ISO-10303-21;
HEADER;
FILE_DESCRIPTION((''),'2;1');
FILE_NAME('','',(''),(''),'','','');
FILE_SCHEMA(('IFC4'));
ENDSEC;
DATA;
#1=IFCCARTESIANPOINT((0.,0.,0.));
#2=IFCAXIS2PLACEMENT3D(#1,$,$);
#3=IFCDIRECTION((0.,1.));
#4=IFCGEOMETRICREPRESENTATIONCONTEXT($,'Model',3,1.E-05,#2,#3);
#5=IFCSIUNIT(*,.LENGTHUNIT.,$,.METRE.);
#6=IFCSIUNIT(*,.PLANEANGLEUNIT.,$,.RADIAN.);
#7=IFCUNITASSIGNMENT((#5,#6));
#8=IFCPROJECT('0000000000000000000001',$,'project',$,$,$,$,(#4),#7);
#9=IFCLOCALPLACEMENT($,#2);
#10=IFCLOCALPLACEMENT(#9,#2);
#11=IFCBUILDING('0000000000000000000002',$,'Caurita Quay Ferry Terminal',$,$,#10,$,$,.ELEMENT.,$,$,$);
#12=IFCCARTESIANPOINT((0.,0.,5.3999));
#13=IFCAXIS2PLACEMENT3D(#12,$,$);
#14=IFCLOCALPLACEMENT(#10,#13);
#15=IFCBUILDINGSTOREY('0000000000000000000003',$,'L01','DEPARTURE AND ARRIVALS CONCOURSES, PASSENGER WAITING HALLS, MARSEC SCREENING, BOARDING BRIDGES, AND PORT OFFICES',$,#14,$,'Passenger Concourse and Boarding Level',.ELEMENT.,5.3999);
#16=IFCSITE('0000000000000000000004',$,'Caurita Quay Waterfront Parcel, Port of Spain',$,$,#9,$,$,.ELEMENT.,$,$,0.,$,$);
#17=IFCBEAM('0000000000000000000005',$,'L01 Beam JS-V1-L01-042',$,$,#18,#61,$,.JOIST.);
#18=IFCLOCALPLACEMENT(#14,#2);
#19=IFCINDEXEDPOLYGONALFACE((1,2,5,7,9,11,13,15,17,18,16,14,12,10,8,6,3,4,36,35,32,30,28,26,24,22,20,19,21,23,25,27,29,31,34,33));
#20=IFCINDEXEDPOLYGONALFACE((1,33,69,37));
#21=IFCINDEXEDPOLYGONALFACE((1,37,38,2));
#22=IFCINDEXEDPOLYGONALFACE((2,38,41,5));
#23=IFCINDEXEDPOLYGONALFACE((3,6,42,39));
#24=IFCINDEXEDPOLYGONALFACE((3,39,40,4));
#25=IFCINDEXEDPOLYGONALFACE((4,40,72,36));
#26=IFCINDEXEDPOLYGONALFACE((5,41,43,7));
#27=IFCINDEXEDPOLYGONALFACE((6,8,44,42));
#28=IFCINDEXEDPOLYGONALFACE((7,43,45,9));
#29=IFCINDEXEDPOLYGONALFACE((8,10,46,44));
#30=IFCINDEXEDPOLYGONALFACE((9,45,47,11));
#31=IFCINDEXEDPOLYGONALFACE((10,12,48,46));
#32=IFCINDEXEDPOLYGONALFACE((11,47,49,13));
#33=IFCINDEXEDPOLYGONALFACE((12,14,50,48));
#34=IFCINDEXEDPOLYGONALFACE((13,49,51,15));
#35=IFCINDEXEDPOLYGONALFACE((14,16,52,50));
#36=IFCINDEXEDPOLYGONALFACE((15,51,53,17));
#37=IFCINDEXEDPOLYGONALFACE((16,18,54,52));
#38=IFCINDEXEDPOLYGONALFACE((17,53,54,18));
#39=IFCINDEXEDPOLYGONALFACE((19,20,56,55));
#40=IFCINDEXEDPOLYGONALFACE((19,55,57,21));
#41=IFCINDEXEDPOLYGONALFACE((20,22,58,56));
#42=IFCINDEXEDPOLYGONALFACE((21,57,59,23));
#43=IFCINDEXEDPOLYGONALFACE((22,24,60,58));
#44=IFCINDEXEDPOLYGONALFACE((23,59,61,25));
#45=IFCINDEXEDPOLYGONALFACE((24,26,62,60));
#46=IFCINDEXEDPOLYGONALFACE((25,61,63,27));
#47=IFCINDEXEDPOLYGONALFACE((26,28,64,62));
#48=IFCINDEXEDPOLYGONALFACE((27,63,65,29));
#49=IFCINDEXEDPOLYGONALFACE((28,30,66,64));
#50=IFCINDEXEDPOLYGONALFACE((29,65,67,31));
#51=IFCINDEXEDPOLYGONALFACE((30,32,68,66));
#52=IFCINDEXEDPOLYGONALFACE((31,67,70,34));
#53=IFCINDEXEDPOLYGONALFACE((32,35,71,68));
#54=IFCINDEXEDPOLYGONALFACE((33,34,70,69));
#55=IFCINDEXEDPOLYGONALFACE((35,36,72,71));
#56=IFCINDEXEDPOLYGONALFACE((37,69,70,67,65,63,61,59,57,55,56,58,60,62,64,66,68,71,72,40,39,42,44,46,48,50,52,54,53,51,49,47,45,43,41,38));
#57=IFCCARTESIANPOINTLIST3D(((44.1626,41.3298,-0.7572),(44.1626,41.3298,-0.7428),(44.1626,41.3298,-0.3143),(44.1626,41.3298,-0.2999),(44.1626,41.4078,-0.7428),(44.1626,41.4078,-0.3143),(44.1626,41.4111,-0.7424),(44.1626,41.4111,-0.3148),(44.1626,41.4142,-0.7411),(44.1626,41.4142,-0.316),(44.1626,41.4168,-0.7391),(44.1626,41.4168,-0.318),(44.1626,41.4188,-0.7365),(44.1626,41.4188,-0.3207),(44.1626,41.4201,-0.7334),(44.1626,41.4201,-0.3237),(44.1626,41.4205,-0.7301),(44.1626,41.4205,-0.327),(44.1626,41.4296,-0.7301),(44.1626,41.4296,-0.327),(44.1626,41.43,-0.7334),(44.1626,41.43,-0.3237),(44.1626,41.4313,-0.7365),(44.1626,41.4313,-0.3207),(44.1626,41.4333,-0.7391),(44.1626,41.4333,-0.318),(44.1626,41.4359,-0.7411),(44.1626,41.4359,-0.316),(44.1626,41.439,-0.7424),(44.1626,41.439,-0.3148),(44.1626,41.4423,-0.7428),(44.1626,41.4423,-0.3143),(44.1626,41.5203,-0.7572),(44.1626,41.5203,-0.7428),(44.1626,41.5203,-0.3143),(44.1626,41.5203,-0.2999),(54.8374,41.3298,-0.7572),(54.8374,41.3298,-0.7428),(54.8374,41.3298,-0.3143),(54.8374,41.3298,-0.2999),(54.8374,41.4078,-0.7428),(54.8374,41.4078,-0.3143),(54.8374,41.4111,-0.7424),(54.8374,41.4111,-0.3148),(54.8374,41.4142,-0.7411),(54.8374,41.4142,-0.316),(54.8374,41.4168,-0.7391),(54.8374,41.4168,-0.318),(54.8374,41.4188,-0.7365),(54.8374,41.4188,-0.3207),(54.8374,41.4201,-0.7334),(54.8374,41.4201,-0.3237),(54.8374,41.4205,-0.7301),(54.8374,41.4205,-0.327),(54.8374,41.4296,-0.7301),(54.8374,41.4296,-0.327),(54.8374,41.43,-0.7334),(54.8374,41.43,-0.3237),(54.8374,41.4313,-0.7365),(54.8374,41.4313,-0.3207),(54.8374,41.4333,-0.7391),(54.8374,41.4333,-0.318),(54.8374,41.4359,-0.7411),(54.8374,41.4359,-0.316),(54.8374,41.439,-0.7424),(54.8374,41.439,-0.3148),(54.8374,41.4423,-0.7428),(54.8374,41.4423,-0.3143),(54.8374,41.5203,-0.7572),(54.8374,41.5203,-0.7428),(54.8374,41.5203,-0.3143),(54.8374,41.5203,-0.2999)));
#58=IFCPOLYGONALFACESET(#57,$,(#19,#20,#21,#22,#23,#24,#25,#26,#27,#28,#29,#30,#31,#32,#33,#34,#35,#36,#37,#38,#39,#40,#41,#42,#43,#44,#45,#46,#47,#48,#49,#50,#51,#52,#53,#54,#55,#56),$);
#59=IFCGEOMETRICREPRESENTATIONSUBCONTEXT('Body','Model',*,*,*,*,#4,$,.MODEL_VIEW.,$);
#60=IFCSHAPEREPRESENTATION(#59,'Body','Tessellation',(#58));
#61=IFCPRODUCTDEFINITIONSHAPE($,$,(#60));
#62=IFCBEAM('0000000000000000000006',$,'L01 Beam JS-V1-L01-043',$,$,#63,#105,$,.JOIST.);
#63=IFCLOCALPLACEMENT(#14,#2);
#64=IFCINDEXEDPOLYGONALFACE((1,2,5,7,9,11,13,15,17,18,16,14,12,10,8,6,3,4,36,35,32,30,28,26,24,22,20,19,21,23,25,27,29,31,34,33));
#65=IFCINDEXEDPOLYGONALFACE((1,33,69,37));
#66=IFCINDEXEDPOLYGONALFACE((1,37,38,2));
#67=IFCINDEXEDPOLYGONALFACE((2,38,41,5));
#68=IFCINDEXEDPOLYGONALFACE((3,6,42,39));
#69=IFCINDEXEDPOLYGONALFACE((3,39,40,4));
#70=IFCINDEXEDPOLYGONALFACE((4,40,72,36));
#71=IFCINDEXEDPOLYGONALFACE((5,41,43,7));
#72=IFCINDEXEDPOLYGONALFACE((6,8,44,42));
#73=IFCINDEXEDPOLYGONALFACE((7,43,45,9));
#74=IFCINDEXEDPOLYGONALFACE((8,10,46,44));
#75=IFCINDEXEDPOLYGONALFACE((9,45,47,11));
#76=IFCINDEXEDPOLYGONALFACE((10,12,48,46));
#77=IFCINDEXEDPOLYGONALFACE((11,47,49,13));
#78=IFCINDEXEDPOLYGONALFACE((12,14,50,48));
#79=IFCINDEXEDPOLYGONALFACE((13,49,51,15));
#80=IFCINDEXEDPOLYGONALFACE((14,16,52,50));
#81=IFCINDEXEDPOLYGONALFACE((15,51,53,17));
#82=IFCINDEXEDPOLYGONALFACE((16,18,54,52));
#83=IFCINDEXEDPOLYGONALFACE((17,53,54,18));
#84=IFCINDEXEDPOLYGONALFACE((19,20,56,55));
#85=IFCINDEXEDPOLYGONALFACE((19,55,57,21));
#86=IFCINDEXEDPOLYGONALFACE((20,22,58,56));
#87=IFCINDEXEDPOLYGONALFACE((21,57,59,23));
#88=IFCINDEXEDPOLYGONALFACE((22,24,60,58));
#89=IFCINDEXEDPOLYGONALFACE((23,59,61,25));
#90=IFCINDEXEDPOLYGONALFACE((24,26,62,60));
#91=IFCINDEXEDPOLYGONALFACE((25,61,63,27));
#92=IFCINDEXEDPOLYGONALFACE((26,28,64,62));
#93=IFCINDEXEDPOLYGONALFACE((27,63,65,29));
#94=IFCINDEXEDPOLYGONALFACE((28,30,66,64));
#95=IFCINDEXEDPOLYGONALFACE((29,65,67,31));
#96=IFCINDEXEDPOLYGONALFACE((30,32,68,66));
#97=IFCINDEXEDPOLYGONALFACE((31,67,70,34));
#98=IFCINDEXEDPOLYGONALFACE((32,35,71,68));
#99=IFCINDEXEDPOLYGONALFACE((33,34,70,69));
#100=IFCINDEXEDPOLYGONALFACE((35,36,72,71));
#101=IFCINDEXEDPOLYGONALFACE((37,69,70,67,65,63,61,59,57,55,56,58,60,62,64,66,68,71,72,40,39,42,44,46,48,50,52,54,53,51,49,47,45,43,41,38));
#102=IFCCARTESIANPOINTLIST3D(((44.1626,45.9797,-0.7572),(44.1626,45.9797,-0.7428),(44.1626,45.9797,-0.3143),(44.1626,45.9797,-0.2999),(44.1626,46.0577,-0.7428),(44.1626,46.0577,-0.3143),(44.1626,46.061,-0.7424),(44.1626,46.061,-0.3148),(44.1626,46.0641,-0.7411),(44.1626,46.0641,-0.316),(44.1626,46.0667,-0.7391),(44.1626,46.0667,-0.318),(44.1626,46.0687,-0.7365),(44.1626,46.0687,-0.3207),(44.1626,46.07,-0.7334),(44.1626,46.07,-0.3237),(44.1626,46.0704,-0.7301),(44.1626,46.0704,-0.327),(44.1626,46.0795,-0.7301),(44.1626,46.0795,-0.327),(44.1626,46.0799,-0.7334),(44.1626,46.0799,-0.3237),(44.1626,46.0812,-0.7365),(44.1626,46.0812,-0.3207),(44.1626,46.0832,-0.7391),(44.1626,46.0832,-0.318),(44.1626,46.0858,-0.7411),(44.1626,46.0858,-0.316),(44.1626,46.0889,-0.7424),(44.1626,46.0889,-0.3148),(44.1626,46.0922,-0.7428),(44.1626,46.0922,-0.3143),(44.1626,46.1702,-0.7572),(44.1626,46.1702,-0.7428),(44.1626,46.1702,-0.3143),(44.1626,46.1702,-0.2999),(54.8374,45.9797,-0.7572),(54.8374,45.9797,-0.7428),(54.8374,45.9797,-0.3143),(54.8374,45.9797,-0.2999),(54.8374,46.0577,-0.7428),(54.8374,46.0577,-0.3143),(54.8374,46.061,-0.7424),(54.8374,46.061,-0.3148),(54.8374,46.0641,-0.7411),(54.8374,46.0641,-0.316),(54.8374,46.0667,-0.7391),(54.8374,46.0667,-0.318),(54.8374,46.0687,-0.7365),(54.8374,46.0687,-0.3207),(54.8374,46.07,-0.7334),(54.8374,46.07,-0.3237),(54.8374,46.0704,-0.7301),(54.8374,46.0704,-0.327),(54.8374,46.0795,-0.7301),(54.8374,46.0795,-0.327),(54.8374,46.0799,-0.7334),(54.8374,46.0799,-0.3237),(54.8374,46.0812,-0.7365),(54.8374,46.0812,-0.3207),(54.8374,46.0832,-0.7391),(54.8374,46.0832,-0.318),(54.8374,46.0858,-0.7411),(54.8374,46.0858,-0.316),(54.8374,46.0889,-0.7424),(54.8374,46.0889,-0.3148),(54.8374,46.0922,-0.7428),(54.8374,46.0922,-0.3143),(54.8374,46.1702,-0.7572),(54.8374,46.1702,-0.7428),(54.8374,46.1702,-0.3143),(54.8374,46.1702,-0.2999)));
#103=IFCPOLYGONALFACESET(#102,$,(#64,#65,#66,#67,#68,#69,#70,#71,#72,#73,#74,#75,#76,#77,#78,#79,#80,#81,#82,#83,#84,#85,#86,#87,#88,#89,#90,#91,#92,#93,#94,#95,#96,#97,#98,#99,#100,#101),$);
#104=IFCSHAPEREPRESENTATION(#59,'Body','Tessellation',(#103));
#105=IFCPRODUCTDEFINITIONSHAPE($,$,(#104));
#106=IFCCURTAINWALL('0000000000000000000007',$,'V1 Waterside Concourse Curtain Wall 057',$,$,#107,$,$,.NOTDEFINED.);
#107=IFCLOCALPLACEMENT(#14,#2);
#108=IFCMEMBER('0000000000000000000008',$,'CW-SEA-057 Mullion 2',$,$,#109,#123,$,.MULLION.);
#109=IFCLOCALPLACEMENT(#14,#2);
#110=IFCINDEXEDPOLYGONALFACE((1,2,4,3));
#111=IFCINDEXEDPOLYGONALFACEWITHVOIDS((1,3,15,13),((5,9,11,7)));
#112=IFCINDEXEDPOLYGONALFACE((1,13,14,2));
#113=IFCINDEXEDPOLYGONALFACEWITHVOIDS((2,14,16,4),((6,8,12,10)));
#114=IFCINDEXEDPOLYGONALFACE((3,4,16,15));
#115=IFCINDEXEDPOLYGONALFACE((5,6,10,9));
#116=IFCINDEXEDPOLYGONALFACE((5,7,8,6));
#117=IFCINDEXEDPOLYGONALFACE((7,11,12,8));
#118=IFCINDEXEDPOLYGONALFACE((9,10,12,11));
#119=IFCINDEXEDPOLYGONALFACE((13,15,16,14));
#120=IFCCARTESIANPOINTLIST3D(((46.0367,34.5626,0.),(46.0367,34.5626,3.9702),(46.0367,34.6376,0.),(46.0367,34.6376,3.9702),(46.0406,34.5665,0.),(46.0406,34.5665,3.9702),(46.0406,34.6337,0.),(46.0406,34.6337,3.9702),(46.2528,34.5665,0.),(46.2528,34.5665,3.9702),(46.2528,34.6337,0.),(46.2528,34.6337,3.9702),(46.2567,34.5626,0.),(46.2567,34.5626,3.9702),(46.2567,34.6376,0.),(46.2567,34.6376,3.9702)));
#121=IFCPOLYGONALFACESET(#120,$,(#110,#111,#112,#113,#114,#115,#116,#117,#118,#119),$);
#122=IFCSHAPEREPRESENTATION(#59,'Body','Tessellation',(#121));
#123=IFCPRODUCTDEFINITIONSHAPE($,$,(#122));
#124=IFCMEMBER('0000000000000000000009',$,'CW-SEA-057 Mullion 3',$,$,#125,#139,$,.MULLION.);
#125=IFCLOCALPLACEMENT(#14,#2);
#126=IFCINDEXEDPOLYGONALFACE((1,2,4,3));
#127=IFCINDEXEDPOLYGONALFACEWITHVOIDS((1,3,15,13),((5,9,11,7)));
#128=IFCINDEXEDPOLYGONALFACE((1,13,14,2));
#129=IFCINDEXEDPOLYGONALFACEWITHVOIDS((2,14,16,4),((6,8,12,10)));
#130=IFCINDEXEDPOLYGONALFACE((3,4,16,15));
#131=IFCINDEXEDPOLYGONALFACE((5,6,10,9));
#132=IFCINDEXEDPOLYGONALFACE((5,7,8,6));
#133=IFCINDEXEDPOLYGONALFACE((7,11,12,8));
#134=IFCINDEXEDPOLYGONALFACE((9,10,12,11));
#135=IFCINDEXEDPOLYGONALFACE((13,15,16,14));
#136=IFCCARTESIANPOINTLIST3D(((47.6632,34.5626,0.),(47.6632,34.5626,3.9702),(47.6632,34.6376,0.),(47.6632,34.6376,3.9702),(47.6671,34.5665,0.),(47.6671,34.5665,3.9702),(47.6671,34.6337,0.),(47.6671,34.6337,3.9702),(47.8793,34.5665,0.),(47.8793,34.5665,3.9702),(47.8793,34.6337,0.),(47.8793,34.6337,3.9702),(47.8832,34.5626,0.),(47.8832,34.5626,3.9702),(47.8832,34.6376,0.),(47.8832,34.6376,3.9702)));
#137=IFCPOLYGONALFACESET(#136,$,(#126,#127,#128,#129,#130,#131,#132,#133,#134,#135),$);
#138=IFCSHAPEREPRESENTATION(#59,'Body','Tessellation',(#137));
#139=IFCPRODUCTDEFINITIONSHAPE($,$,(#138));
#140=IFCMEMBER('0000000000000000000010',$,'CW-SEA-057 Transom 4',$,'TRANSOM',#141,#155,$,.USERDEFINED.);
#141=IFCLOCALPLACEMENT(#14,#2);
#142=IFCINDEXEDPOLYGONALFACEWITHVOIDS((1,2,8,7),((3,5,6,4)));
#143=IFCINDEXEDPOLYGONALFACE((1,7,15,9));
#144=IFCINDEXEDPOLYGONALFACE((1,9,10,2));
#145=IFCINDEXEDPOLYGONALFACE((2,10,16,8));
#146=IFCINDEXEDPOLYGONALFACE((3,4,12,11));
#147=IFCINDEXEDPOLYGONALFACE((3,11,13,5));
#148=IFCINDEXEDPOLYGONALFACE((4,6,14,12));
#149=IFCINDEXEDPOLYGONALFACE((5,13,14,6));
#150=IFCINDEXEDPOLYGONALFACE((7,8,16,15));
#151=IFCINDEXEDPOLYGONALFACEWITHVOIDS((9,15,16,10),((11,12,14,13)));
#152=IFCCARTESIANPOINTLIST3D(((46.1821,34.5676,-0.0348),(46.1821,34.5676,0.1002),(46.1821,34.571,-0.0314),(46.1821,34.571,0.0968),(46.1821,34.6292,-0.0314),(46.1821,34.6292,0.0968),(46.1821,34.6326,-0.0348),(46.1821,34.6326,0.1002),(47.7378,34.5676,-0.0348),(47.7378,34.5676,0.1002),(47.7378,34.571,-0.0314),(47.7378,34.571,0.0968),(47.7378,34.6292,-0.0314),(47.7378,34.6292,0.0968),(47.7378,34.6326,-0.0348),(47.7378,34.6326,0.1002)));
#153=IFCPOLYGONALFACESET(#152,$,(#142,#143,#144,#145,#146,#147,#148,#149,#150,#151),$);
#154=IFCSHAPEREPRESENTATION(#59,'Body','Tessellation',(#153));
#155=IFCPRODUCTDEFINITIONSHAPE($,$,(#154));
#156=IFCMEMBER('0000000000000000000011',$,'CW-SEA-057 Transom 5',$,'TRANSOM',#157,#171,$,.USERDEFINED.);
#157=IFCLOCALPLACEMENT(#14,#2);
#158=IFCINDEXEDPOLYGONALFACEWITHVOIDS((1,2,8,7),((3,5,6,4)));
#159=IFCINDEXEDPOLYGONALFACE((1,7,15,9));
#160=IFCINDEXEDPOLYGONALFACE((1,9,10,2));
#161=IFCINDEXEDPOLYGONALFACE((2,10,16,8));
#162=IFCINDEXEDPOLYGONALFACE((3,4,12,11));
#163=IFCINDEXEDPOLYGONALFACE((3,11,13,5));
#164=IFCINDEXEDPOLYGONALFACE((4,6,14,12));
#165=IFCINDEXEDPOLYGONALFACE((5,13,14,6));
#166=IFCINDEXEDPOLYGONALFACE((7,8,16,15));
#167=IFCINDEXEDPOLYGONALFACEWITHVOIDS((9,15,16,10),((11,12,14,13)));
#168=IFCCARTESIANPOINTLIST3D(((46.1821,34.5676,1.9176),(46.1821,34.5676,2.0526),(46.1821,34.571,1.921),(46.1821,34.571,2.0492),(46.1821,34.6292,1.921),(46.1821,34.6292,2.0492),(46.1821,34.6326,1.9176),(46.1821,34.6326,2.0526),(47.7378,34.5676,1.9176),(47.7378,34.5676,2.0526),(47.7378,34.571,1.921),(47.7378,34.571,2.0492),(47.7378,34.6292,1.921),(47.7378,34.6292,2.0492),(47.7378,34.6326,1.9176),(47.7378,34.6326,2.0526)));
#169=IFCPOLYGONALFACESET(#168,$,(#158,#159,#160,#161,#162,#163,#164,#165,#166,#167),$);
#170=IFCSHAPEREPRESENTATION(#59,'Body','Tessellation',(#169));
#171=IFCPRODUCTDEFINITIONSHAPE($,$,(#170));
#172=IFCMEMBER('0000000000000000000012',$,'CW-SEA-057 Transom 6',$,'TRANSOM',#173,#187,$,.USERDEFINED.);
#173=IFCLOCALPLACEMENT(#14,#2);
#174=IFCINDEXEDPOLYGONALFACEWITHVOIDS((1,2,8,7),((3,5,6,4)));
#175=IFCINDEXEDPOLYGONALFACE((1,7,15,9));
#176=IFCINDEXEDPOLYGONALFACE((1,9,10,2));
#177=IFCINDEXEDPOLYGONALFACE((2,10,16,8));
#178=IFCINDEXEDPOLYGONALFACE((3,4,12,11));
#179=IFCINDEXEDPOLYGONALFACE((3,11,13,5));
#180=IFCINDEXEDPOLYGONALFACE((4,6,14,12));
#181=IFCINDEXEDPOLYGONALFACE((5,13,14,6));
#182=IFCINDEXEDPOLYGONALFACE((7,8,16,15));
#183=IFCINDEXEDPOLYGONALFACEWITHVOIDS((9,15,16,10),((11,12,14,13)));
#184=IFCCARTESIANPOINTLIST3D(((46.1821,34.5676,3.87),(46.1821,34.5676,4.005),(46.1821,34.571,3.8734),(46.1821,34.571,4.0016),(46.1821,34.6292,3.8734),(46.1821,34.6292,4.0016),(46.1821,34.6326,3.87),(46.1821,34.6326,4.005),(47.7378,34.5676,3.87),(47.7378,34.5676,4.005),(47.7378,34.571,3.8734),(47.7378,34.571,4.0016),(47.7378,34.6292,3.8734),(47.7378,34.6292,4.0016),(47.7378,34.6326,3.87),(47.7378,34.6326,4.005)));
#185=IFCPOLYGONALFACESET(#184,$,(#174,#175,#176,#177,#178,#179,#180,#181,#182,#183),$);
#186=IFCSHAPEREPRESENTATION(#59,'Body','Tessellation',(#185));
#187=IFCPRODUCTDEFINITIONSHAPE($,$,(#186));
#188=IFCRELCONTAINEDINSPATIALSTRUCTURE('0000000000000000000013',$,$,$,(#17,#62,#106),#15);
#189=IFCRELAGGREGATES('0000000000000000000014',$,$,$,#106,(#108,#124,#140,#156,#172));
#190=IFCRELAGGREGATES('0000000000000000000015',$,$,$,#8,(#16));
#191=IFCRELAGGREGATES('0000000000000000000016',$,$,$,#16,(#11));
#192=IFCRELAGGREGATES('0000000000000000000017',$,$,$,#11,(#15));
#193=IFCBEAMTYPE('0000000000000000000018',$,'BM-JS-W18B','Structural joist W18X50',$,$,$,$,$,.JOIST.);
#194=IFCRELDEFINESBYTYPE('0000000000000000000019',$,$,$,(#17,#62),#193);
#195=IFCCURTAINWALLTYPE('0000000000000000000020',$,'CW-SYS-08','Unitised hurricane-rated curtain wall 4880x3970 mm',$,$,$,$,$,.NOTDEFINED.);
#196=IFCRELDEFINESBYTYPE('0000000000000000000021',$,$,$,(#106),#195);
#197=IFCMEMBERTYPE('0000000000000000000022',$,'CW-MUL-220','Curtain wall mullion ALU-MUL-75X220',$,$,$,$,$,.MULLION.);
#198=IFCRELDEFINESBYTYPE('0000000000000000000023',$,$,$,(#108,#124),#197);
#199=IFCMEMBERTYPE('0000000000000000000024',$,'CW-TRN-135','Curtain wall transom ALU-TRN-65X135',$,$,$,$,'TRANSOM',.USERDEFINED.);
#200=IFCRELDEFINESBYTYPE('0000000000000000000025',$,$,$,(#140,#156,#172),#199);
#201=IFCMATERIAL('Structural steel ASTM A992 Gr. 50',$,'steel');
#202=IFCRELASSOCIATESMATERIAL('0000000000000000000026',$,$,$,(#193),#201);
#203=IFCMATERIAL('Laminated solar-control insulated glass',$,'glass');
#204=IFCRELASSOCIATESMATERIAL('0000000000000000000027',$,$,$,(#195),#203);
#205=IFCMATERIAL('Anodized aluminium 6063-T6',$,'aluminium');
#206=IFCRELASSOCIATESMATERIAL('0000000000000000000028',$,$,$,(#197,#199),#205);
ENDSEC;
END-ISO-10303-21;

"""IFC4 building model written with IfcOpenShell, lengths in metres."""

from ifc_helpers import new_model, si_unit, direction, frame, origin, origin_2d, place, context, subcontext, project, spatial, hollow_rectangle, i_section, extrude, material, material_profile, profile_set, type_object, element, aggregate, save


model = new_model("IFC4")

# Units and contexts
model_context = context("Model", 3, precision=1e-05, world=origin(), true_north=direction((0.0, 1.0)))
body_context = subcontext(model_context, "Body", "Model", "MODEL_VIEW")
ifc_project = project(units=[si_unit("LENGTHUNIT", "METRE"), si_unit("PLANEANGLEUNIT", "RADIAN")], contexts=[model_context])

# Site, building, storey
site_placement = place(None, origin())
site = spatial("IfcSite", under=ifc_project, at=site_placement, Name="Caurita Quay Waterfront Parcel, Port of Spain", CompositionType="ELEMENT", RefElevation=0.0)
building_placement = place(site_placement, origin())
building = spatial("IfcBuilding", under=site, at=building_placement, Name="Caurita Quay Ferry Terminal", CompositionType="ELEMENT")
storey_placement = place(building_placement, frame((0.0, 0.0, 5.3999)))
storey = spatial("IfcBuildingStorey", under=building, at=storey_placement, Name="L01", Description="DEPARTURE AND ARRIVALS CONCOURSES, PASSENGER WAITING HALLS, MARSEC SCREENING, BOARDING BRIDGES, AND PORT OFFICES", LongName="Passenger Concourse and Boarding Level", CompositionType="ELEMENT", Elevation=5.3999)

# Beams
ifc_material_1 = material(Name="Structural steel ASTM A992 Gr. 50", Category="steel")
ifc_material_profile_1 = material_profile(ifc_material_1, i_section(OverallWidth=0.1904, OverallDepth=0.4573, WebThickness=0.009, FlangeThickness=0.0144, FilletRadius=0.0127, at=origin_2d()), Name="W18X50")
ifc_profile_set_1 = profile_set([ifc_material_profile_1], Name="Structural steel ASTM A992 Gr. 50")
beam_type_1 = type_object("IfcBeamType", Name="BM-JS-W18B", Description="Structural joist W18X50", PredefinedType="JOIST", material=ifc_profile_set_1)
for number, where, z_axis, x_axis, name in (
    (1, (44.1626, 41.425, -0.5286), (1.0, 0.0, 0.0), (0.0, 1.0, 0.0), "L01 Beam JS-V1-L01-042"),
    (2, (44.1626, 46.075, -0.5286), (1.0, 0.0, 0.0), (0.0, 1.0, 0.0), "L01 Beam JS-V1-L01-043"),
):
    element("IfcBeam", number, at=place(storey_placement, frame(where, z_axis=z_axis, x_axis=x_axis)), inside=storey, type_object=beam_type_1, Name=name, PredefinedType="JOIST", context=body_context, shape_type="SweptSolid", body=[
        extrude(i_section(OverallWidth=0.1904, OverallDepth=0.4573, WebThickness=0.009, FlangeThickness=0.0144, FilletRadius=0.0127, at=origin_2d()), origin(), (0.0, 0.0, 1.0), 10.6748),
    ])

# Curtain wall, members
ifc_material_2 = material(Name="Laminated solar-control insulated glass", Category="glass")
curtain_wall_type = type_object("IfcCurtainWallType", Name="CW-SYS-08", Description="Unitised hurricane-rated curtain wall 4880x3970 mm", PredefinedType="NOTDEFINED", material=ifc_material_2)
curtain_wall_placement = place(storey_placement, origin())
curtain_wall = element("IfcCurtainWall", 3, at=curtain_wall_placement, inside=storey, type_object=curtain_wall_type, Name="V1 Waterside Concourse Curtain Wall 057", PredefinedType="NOTDEFINED")
ifc_material_3 = material(Name="Anodized aluminium 6063-T6", Category="aluminium")
ifc_material_profile_2 = material_profile(ifc_material_3, hollow_rectangle(XDim=0.075, YDim=0.22, WallThickness=0.0039, at=origin_2d()), Name="ALU-MUL-75X220")
ifc_profile_set_2 = profile_set([ifc_material_profile_2], Name="Anodized aluminium 6063-T6")
member_type_1 = type_object("IfcMemberType", Name="CW-MUL-220", Description="Curtain wall mullion ALU-MUL-75X220", PredefinedType="MULLION", material=ifc_profile_set_2)
member_1_placement = place(storey_placement, frame((46.1467, 34.6001, 0.0), z_axis=(0.0, 0.0, 1.0), x_axis=(0.0, 1.0, 0.0)))
member_1 = element("IfcMember", 4, at=member_1_placement, type_object=member_type_1, Name="CW-SEA-057 Mullion 2", PredefinedType="MULLION", context=body_context, shape_type="SweptSolid", body=[
    extrude(hollow_rectangle(XDim=0.075, YDim=0.22, WallThickness=0.0039, at=origin_2d()), origin(), (0.0, 0.0, 1.0), 3.9702),
])
member_2_placement = place(storey_placement, frame((47.7732, 34.6001, 0.0), z_axis=(0.0, 0.0, 1.0), x_axis=(0.0, 1.0, 0.0)))
member_2 = element("IfcMember", 5, at=member_2_placement, type_object=member_type_1, Name="CW-SEA-057 Mullion 3", PredefinedType="MULLION", context=body_context, shape_type="SweptSolid", body=[
    extrude(hollow_rectangle(XDim=0.075, YDim=0.22, WallThickness=0.0039, at=origin_2d()), origin(), (0.0, 0.0, 1.0), 3.9702),
])
ifc_material_profile_3 = material_profile(ifc_material_3, hollow_rectangle(XDim=0.0649, YDim=0.135, WallThickness=0.0034, at=origin_2d()), Name="ALU-TRN-65X135")
ifc_profile_set_3 = profile_set([ifc_material_profile_3], Name="Anodized aluminium 6063-T6")
member_type_2 = type_object("IfcMemberType", Name="CW-TRN-135", Description="Curtain wall transom ALU-TRN-65X135", ElementType="TRANSOM", PredefinedType="USERDEFINED", material=ifc_profile_set_3)
member_3_placement = place(storey_placement, frame((46.1821, 34.6001, 0.0327), z_axis=(1.0, 0.0, 0.0), x_axis=(0.0, 1.0, 0.0)))
member_3 = element("IfcMember", 6, at=member_3_placement, type_object=member_type_2, Name="CW-SEA-057 Transom 4", ObjectType="TRANSOM", PredefinedType="USERDEFINED", context=body_context, shape_type="SweptSolid", body=[
    extrude(hollow_rectangle(XDim=0.0649, YDim=0.135, WallThickness=0.0034, at=origin_2d()), origin(), (0.0, 0.0, 1.0), 1.5557),
])
member_4_placement = place(storey_placement, frame((46.1821, 34.6001, 1.9851), z_axis=(1.0, 0.0, 0.0), x_axis=(0.0, 1.0, 0.0)))
member_4 = element("IfcMember", 7, at=member_4_placement, type_object=member_type_2, Name="CW-SEA-057 Transom 5", ObjectType="TRANSOM", PredefinedType="USERDEFINED", context=body_context, shape_type="SweptSolid", body=[
    extrude(hollow_rectangle(XDim=0.0649, YDim=0.135, WallThickness=0.0034, at=origin_2d()), origin(), (0.0, 0.0, 1.0), 1.5557),
])
member_5_placement = place(storey_placement, frame((46.1821, 34.6001, 3.9375), z_axis=(1.0, 0.0, 0.0), x_axis=(0.0, 1.0, 0.0)))
member_5 = element("IfcMember", 8, at=member_5_placement, type_object=member_type_2, Name="CW-SEA-057 Transom 6", ObjectType="TRANSOM", PredefinedType="USERDEFINED", context=body_context, shape_type="SweptSolid", body=[
    extrude(hollow_rectangle(XDim=0.0649, YDim=0.135, WallThickness=0.0034, at=origin_2d()), origin(), (0.0, 0.0, 1.0), 1.5557),
])
aggregate(curtain_wall, [member_1, member_2, member_3, member_4, member_5])

save(model, "model.ifc")
